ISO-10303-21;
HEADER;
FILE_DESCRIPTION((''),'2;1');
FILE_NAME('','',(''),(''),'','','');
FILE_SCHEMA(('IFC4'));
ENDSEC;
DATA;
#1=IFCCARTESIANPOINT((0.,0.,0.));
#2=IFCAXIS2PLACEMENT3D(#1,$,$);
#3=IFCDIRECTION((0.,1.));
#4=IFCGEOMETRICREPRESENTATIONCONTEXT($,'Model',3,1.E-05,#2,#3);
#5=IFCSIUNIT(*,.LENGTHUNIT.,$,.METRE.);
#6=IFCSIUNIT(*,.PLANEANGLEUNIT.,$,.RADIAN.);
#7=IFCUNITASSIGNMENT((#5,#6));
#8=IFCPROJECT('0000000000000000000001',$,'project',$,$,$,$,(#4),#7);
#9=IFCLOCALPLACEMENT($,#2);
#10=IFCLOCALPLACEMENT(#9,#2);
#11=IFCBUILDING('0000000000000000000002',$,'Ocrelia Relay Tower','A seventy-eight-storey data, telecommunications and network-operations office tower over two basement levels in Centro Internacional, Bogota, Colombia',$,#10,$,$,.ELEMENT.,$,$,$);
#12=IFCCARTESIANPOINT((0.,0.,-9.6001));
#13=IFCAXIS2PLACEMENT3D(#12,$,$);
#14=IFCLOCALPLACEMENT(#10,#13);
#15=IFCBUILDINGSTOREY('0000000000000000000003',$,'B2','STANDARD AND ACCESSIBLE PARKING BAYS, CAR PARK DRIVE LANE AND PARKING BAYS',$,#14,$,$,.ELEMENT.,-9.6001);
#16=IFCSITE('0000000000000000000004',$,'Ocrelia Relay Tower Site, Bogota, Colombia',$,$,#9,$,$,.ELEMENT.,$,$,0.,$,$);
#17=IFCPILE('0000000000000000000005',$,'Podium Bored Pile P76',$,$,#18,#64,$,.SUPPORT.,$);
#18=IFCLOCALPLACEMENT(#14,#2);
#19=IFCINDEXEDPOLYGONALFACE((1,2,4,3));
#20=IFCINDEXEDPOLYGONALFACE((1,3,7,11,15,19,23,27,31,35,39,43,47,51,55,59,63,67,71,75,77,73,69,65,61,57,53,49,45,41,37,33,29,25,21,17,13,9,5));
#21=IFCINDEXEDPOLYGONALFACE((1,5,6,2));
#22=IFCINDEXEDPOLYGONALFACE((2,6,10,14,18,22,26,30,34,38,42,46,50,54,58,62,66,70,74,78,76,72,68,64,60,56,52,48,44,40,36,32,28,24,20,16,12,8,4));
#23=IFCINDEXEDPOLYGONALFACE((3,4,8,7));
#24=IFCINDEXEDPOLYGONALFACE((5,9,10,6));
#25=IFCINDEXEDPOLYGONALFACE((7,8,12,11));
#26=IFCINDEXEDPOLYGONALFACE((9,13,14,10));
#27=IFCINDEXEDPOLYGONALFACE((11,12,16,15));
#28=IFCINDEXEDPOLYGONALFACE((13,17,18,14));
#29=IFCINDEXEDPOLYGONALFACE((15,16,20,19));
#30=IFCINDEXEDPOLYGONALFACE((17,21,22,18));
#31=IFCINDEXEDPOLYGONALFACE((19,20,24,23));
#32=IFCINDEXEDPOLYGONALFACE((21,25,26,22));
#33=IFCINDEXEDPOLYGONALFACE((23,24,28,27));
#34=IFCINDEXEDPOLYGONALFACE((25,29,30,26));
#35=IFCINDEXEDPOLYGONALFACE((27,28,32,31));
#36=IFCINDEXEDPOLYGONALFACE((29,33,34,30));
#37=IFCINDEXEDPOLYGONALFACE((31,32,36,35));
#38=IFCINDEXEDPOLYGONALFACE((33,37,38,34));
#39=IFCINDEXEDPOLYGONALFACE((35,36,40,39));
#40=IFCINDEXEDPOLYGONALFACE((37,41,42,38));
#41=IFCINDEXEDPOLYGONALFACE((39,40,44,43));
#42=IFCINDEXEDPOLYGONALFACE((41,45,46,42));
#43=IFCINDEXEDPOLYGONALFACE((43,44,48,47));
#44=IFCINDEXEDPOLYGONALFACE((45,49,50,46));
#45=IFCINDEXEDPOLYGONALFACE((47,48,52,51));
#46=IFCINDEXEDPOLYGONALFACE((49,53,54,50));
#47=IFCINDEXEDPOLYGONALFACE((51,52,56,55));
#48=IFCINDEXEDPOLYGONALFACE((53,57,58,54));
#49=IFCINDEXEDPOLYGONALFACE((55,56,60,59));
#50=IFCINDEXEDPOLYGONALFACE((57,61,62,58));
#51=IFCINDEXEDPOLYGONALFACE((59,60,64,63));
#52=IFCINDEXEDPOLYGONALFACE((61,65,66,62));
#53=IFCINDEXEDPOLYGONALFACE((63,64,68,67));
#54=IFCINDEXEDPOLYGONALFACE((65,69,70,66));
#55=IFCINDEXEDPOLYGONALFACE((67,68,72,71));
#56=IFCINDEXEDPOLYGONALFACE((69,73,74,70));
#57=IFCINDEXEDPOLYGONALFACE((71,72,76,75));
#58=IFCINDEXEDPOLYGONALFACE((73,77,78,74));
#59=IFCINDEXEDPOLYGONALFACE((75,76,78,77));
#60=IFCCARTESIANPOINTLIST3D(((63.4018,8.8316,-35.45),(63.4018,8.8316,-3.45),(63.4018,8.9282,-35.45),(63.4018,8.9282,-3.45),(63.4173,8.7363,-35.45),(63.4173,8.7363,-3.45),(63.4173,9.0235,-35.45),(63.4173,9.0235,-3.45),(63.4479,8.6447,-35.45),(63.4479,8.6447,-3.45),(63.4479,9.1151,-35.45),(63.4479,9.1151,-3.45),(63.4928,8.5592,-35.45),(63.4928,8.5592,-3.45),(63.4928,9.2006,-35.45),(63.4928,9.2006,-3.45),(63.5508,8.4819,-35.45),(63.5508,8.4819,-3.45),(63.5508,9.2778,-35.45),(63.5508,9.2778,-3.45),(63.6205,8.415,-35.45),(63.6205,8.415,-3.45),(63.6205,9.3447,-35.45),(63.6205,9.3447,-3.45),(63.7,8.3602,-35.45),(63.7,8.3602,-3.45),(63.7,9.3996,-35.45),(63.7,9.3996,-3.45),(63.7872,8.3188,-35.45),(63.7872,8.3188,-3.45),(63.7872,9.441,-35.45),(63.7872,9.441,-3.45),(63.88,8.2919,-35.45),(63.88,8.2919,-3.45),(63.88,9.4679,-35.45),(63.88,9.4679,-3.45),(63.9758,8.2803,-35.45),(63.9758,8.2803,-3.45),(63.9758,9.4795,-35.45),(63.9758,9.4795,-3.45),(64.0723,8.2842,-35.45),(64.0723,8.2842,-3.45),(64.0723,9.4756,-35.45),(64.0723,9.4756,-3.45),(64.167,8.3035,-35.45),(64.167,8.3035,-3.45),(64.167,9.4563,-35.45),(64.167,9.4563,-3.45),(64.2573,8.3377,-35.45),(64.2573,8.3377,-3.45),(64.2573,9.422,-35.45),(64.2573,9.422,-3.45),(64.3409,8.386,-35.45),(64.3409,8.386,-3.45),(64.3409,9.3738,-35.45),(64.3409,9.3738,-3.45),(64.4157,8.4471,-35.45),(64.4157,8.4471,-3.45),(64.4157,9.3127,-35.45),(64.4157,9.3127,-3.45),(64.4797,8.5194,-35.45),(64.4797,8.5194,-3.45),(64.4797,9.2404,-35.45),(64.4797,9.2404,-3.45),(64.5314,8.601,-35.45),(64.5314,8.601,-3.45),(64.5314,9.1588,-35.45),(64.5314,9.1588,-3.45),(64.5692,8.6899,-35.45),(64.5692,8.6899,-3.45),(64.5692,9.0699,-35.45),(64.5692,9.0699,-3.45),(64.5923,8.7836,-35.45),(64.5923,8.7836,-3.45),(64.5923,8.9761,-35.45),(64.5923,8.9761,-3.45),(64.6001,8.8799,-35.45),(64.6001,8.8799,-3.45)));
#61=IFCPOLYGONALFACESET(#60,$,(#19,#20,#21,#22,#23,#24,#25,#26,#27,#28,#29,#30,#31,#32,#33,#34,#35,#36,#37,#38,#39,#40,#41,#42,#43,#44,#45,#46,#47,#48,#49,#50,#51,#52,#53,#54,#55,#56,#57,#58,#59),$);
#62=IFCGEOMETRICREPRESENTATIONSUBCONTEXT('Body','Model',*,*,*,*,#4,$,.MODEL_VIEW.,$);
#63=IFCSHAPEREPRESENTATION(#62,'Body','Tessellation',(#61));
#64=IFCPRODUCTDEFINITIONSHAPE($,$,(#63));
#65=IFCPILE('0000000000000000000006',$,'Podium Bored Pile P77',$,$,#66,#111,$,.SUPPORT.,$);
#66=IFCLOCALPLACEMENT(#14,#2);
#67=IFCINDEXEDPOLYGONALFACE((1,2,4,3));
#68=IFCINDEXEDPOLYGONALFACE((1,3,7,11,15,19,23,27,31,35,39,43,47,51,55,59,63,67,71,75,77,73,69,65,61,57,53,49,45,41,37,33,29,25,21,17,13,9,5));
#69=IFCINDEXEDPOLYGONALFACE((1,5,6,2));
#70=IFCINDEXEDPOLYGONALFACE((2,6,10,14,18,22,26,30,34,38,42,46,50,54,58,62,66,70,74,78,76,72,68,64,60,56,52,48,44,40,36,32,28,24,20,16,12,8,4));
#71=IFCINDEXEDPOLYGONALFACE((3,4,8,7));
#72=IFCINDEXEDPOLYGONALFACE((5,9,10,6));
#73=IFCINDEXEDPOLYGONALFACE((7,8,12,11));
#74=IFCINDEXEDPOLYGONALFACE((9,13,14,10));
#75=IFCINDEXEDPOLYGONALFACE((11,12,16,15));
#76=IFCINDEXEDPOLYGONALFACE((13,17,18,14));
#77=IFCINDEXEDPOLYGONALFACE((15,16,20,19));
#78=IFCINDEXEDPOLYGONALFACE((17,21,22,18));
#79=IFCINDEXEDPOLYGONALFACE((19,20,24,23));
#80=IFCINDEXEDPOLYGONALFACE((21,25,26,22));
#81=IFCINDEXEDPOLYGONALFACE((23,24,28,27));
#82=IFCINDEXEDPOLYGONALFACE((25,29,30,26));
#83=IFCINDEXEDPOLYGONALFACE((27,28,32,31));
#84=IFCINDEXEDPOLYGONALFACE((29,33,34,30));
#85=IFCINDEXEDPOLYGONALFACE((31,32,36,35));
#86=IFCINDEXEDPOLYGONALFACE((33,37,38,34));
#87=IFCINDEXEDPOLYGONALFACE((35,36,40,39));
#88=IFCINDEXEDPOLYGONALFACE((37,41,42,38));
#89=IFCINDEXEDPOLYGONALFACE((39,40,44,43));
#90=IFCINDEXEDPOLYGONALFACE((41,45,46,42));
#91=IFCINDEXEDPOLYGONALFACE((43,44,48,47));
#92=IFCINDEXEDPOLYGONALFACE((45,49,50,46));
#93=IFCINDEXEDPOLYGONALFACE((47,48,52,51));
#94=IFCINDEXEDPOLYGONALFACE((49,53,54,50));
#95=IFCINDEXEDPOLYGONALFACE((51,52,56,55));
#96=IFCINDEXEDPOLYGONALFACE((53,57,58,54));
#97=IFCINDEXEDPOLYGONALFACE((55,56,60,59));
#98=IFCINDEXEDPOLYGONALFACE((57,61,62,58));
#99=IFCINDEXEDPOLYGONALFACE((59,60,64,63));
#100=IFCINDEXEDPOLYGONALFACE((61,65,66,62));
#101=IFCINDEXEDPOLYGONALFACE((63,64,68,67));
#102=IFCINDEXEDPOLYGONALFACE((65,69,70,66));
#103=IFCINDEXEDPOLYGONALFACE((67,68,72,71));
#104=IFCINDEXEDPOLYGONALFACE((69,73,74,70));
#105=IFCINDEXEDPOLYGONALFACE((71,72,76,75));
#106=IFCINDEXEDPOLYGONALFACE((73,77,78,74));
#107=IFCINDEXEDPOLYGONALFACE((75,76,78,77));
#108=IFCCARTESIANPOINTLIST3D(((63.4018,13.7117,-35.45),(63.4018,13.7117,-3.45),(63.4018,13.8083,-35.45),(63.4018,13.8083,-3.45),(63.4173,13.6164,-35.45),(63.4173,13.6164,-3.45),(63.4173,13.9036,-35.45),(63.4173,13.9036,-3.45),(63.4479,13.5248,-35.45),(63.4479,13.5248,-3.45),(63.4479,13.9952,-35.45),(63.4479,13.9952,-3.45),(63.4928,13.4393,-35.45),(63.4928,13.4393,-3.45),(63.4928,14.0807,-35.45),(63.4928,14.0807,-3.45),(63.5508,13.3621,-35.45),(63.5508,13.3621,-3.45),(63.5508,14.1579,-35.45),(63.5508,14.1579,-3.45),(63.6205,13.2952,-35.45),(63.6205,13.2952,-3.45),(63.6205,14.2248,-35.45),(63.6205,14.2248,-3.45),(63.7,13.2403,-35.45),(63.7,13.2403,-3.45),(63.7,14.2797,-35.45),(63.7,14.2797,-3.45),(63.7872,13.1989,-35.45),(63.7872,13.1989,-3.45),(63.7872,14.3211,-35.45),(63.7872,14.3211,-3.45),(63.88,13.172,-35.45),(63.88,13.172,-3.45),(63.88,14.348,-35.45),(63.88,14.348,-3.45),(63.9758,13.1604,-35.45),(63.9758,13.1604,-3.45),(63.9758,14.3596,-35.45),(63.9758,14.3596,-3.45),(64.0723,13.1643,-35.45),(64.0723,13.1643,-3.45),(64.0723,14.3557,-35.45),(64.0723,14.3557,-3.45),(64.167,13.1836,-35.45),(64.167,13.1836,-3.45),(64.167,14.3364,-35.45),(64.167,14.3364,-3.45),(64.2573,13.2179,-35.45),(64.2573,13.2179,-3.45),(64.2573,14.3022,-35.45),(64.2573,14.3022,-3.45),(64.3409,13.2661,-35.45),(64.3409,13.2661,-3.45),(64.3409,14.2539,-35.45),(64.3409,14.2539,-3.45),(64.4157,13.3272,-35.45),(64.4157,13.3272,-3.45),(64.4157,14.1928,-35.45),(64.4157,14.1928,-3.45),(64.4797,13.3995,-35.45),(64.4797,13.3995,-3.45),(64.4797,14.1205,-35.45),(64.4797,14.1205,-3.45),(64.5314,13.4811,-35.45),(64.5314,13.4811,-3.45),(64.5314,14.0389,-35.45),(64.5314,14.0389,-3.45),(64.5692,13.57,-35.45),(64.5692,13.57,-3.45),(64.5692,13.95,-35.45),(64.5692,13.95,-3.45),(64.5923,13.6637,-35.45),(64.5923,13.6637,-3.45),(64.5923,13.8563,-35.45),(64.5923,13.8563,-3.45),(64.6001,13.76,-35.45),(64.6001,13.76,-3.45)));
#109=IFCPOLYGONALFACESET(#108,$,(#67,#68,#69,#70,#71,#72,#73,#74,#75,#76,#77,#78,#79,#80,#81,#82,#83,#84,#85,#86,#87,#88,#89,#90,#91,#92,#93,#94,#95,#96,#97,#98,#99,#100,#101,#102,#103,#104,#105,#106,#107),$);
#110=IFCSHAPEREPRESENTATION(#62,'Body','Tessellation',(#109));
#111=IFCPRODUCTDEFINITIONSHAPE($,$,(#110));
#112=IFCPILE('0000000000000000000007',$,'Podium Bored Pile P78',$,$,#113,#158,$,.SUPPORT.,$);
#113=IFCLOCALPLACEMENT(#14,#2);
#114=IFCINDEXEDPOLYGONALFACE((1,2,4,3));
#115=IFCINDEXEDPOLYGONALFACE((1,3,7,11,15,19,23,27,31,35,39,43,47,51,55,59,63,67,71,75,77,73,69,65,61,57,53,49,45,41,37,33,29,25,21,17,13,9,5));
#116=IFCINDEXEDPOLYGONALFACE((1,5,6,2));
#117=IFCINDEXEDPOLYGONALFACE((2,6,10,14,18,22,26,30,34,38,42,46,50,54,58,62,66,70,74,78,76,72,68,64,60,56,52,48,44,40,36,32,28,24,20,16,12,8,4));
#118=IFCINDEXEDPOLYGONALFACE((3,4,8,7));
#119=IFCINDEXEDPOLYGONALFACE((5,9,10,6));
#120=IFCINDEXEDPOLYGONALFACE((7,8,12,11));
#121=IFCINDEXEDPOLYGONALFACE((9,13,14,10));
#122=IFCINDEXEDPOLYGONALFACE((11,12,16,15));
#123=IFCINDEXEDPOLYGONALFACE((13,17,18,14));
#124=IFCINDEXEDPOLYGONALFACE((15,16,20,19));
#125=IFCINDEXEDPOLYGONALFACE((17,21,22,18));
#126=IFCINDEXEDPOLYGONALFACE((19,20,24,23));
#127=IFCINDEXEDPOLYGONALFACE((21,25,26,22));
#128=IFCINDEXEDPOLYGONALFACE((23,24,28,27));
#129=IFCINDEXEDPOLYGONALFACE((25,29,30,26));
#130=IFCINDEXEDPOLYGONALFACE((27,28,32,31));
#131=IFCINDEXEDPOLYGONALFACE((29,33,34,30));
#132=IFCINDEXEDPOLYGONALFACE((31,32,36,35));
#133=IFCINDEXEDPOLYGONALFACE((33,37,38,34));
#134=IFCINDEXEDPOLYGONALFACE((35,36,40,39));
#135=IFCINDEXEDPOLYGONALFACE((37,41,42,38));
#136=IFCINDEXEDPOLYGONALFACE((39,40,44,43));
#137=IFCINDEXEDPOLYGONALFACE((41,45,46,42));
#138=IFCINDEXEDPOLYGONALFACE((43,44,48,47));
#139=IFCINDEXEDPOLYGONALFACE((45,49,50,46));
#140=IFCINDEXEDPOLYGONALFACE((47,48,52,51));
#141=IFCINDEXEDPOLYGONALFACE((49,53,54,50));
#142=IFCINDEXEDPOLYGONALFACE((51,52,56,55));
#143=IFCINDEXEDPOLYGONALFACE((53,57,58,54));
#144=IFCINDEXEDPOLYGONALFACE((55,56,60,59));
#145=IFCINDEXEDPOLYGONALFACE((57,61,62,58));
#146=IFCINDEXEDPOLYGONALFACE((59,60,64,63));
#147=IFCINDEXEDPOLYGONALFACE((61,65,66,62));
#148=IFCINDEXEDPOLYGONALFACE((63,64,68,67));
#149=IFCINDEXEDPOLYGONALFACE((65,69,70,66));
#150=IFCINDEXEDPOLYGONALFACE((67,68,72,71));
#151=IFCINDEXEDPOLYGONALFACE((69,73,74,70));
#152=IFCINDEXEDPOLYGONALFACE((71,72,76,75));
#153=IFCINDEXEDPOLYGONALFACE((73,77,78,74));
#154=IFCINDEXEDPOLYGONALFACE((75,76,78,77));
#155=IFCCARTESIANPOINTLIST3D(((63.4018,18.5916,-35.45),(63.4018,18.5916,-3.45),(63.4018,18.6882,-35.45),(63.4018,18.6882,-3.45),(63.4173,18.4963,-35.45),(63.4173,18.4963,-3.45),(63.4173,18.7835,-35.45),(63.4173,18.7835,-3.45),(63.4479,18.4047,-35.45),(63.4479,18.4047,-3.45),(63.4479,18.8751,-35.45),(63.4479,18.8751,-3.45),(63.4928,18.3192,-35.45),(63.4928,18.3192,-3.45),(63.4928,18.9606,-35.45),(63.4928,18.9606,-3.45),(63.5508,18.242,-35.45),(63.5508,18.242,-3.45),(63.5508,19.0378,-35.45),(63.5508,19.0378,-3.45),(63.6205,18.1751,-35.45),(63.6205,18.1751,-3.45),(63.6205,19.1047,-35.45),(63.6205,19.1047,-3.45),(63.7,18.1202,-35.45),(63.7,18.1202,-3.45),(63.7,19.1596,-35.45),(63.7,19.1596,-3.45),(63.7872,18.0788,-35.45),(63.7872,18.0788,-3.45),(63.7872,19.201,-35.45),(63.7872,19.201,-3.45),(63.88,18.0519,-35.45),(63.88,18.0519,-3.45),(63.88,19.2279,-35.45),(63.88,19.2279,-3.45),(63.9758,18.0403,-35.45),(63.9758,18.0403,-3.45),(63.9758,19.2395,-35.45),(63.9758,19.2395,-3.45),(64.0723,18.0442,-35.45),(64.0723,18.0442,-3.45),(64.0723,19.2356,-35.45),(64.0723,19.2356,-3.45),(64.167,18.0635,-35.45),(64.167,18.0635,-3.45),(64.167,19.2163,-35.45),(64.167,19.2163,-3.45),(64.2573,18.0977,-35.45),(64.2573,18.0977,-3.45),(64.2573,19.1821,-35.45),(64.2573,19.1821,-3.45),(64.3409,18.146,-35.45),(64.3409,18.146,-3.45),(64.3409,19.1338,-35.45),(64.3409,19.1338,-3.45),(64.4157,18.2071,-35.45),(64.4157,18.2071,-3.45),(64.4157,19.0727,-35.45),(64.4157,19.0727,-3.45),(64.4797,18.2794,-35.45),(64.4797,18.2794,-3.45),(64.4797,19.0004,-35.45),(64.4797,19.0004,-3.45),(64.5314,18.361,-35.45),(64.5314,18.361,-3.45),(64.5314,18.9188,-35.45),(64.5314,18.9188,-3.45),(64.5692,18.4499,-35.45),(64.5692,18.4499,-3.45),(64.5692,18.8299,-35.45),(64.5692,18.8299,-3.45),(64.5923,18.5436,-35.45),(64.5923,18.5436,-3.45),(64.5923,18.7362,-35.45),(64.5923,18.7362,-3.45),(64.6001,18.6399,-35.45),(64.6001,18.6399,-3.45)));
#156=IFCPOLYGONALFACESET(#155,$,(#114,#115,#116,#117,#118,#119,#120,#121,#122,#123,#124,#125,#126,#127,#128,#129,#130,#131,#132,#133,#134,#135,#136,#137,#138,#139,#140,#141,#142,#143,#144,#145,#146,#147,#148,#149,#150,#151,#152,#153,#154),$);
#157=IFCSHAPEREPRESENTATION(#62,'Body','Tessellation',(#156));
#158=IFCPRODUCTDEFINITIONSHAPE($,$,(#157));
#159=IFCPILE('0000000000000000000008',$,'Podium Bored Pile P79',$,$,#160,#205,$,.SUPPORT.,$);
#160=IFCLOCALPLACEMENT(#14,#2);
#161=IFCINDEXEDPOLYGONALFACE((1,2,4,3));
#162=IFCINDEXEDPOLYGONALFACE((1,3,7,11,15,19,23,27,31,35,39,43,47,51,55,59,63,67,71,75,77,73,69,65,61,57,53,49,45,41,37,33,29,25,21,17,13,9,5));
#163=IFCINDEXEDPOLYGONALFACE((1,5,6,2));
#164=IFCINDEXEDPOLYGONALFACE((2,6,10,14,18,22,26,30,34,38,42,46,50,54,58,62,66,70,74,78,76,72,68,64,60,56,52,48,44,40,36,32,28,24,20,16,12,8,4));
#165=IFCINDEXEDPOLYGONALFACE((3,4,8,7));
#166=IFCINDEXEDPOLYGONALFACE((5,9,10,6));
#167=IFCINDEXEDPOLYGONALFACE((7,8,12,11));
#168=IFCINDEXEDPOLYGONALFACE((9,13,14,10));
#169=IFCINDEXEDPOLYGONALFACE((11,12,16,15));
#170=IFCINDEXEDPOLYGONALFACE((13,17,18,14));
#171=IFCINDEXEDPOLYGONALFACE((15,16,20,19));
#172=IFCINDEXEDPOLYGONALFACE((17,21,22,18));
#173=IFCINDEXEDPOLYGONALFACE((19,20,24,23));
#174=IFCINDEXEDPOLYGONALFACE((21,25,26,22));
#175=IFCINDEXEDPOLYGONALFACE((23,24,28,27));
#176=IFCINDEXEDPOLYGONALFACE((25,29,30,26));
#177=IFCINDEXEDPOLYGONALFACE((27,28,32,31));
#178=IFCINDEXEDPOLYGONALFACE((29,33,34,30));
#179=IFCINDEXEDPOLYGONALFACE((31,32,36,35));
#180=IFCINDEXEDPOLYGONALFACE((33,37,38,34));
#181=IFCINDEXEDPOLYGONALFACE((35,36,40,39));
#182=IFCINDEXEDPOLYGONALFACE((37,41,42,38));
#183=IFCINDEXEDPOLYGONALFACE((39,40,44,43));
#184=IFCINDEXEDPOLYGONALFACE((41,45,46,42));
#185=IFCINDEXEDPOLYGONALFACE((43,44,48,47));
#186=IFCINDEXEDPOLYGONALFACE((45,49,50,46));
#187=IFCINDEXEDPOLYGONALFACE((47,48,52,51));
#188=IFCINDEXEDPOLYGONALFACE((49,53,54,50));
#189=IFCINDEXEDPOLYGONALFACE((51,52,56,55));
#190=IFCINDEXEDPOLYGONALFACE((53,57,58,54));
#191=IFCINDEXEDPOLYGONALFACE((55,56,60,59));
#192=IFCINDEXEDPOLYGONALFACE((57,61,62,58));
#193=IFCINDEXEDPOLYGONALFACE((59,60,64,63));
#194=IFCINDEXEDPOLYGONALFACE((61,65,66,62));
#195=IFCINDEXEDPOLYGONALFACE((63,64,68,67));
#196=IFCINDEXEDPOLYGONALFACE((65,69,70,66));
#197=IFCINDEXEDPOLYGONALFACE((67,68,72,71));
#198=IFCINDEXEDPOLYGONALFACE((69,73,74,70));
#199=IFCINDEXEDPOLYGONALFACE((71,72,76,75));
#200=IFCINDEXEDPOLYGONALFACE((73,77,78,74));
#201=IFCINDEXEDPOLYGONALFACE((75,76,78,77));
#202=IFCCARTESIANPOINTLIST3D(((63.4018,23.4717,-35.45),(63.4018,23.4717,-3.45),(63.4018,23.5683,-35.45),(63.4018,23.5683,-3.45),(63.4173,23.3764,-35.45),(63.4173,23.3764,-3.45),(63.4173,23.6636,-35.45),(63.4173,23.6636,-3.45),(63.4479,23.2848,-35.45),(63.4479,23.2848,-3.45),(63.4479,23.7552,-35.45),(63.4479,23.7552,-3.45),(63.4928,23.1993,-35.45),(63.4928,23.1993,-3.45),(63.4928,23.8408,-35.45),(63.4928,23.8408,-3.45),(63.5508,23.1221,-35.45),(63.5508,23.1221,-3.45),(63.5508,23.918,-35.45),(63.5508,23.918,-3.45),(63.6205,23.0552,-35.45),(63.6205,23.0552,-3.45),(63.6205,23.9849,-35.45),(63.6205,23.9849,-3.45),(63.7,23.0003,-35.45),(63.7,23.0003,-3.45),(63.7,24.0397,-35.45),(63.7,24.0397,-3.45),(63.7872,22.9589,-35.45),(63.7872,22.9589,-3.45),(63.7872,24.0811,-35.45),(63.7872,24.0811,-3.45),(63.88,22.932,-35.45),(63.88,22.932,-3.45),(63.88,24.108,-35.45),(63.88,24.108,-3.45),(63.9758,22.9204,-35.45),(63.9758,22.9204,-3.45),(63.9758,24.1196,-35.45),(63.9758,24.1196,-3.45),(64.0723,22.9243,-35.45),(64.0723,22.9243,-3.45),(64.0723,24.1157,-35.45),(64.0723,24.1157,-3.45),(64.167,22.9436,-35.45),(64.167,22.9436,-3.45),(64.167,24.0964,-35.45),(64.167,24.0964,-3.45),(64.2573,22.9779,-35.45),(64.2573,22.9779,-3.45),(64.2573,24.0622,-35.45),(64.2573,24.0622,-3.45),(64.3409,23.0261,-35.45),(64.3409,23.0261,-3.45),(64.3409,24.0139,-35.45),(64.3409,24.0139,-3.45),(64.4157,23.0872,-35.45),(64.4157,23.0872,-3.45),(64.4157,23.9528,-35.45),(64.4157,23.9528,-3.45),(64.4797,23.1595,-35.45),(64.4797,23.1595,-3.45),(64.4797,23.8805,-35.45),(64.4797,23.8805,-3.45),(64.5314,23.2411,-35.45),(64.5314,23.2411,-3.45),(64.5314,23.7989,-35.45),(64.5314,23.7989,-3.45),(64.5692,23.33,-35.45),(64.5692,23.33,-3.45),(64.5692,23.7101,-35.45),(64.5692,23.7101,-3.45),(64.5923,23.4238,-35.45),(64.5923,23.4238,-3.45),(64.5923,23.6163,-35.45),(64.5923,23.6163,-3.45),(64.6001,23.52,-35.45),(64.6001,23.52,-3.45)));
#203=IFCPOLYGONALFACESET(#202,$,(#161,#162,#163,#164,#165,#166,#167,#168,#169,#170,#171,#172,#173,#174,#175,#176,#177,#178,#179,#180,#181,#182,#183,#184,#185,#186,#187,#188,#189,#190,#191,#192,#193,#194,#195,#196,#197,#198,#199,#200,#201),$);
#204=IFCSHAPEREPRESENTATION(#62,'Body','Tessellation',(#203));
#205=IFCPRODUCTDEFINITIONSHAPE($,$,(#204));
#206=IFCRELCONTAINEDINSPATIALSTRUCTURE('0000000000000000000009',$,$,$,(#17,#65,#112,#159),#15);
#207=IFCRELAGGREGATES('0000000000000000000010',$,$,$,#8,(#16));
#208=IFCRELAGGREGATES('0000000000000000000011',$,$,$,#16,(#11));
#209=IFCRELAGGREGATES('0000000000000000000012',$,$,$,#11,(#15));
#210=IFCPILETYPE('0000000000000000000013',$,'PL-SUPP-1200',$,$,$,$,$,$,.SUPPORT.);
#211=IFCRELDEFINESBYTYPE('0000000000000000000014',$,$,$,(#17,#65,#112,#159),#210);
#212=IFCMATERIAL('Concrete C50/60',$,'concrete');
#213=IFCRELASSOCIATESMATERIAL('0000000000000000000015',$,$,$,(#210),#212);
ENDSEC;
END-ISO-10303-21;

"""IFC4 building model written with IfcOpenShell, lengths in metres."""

from ifc_helpers import new_model, si_unit, direction, frame, origin, origin_2d, place, context, subcontext, project, spatial, circle, extrude, material, material_profile, profile_set, type_object, element, save


model = new_model("IFC4")

# Units and contexts
model_context = context("Model", 3, precision=1e-05, world=origin(), true_north=direction((0.0, 1.0)))
body_context = subcontext(model_context, "Body", "Model", "MODEL_VIEW")
ifc_project = project(units=[si_unit("LENGTHUNIT", "METRE"), si_unit("PLANEANGLEUNIT", "RADIAN")], contexts=[model_context])

# Site, building, storey
site_placement = place(None, origin())
site = spatial("IfcSite", under=ifc_project, at=site_placement, Name="Ocrelia Relay Tower Site, Bogota, Colombia", CompositionType="ELEMENT", RefElevation=0.0)
building_placement = place(site_placement, origin())
building = spatial("IfcBuilding", under=site, at=building_placement, Name="Ocrelia Relay Tower", Description="A seventy-eight-storey data, telecommunications and network-operations office tower over two basement levels in Centro Internacional, Bogota, Colombia", CompositionType="ELEMENT")
storey_placement = place(building_placement, frame((0.0, 0.0, -9.6001)))
storey = spatial("IfcBuildingStorey", under=building, at=storey_placement, Name="B2", Description="STANDARD AND ACCESSIBLE PARKING BAYS, CAR PARK DRIVE LANE AND PARKING BAYS", CompositionType="ELEMENT", Elevation=-9.6001)

# Piles
ifc_material_1 = material(Name="Concrete C50/60", Category="concrete")
ifc_material_profile_1 = material_profile(ifc_material_1, circle(Radius=0.6001, at=origin_2d()), Name="PILE-1200")
ifc_profile_set_1 = profile_set([ifc_material_profile_1], Name="Concrete C50/60")
pile_type_1 = type_object("IfcPileType", Name="PL-SUPP-1200", PredefinedType="SUPPORT", material=ifc_profile_set_1)
for number, where, z_axis, x_axis, name in (
    (1, (64.0, 8.8799, -3.45), (0.0, 0.0, -1.0), (1.0, 0.0, 0.0), "Podium Bored Pile P76"),
    (2, (64.0, 13.76, -3.45), (0.0, 0.0, -1.0), (1.0, 0.0, 0.0), "Podium Bored Pile P77"),
    (3, (64.0, 18.6399, -3.45), (0.0, 0.0, -1.0), (1.0, 0.0, 0.0), "Podium Bored Pile P78"),
    (4, (64.0, 23.52, -3.45), (0.0, 0.0, -1.0), (1.0, 0.0, 0.0), "Podium Bored Pile P79"),
):
    element("IfcPile", number, at=place(storey_placement, frame(where, z_axis=z_axis, x_axis=x_axis)), inside=storey, type_object=pile_type_1, Name=name, PredefinedType="SUPPORT", context=body_context, shape_type="SweptSolid", body=[
        extrude(circle(Radius=0.6001, at=origin_2d()), origin(), (0.0, 0.0, 1.0), 32.0),
    ])

save(model, "model.ifc")
